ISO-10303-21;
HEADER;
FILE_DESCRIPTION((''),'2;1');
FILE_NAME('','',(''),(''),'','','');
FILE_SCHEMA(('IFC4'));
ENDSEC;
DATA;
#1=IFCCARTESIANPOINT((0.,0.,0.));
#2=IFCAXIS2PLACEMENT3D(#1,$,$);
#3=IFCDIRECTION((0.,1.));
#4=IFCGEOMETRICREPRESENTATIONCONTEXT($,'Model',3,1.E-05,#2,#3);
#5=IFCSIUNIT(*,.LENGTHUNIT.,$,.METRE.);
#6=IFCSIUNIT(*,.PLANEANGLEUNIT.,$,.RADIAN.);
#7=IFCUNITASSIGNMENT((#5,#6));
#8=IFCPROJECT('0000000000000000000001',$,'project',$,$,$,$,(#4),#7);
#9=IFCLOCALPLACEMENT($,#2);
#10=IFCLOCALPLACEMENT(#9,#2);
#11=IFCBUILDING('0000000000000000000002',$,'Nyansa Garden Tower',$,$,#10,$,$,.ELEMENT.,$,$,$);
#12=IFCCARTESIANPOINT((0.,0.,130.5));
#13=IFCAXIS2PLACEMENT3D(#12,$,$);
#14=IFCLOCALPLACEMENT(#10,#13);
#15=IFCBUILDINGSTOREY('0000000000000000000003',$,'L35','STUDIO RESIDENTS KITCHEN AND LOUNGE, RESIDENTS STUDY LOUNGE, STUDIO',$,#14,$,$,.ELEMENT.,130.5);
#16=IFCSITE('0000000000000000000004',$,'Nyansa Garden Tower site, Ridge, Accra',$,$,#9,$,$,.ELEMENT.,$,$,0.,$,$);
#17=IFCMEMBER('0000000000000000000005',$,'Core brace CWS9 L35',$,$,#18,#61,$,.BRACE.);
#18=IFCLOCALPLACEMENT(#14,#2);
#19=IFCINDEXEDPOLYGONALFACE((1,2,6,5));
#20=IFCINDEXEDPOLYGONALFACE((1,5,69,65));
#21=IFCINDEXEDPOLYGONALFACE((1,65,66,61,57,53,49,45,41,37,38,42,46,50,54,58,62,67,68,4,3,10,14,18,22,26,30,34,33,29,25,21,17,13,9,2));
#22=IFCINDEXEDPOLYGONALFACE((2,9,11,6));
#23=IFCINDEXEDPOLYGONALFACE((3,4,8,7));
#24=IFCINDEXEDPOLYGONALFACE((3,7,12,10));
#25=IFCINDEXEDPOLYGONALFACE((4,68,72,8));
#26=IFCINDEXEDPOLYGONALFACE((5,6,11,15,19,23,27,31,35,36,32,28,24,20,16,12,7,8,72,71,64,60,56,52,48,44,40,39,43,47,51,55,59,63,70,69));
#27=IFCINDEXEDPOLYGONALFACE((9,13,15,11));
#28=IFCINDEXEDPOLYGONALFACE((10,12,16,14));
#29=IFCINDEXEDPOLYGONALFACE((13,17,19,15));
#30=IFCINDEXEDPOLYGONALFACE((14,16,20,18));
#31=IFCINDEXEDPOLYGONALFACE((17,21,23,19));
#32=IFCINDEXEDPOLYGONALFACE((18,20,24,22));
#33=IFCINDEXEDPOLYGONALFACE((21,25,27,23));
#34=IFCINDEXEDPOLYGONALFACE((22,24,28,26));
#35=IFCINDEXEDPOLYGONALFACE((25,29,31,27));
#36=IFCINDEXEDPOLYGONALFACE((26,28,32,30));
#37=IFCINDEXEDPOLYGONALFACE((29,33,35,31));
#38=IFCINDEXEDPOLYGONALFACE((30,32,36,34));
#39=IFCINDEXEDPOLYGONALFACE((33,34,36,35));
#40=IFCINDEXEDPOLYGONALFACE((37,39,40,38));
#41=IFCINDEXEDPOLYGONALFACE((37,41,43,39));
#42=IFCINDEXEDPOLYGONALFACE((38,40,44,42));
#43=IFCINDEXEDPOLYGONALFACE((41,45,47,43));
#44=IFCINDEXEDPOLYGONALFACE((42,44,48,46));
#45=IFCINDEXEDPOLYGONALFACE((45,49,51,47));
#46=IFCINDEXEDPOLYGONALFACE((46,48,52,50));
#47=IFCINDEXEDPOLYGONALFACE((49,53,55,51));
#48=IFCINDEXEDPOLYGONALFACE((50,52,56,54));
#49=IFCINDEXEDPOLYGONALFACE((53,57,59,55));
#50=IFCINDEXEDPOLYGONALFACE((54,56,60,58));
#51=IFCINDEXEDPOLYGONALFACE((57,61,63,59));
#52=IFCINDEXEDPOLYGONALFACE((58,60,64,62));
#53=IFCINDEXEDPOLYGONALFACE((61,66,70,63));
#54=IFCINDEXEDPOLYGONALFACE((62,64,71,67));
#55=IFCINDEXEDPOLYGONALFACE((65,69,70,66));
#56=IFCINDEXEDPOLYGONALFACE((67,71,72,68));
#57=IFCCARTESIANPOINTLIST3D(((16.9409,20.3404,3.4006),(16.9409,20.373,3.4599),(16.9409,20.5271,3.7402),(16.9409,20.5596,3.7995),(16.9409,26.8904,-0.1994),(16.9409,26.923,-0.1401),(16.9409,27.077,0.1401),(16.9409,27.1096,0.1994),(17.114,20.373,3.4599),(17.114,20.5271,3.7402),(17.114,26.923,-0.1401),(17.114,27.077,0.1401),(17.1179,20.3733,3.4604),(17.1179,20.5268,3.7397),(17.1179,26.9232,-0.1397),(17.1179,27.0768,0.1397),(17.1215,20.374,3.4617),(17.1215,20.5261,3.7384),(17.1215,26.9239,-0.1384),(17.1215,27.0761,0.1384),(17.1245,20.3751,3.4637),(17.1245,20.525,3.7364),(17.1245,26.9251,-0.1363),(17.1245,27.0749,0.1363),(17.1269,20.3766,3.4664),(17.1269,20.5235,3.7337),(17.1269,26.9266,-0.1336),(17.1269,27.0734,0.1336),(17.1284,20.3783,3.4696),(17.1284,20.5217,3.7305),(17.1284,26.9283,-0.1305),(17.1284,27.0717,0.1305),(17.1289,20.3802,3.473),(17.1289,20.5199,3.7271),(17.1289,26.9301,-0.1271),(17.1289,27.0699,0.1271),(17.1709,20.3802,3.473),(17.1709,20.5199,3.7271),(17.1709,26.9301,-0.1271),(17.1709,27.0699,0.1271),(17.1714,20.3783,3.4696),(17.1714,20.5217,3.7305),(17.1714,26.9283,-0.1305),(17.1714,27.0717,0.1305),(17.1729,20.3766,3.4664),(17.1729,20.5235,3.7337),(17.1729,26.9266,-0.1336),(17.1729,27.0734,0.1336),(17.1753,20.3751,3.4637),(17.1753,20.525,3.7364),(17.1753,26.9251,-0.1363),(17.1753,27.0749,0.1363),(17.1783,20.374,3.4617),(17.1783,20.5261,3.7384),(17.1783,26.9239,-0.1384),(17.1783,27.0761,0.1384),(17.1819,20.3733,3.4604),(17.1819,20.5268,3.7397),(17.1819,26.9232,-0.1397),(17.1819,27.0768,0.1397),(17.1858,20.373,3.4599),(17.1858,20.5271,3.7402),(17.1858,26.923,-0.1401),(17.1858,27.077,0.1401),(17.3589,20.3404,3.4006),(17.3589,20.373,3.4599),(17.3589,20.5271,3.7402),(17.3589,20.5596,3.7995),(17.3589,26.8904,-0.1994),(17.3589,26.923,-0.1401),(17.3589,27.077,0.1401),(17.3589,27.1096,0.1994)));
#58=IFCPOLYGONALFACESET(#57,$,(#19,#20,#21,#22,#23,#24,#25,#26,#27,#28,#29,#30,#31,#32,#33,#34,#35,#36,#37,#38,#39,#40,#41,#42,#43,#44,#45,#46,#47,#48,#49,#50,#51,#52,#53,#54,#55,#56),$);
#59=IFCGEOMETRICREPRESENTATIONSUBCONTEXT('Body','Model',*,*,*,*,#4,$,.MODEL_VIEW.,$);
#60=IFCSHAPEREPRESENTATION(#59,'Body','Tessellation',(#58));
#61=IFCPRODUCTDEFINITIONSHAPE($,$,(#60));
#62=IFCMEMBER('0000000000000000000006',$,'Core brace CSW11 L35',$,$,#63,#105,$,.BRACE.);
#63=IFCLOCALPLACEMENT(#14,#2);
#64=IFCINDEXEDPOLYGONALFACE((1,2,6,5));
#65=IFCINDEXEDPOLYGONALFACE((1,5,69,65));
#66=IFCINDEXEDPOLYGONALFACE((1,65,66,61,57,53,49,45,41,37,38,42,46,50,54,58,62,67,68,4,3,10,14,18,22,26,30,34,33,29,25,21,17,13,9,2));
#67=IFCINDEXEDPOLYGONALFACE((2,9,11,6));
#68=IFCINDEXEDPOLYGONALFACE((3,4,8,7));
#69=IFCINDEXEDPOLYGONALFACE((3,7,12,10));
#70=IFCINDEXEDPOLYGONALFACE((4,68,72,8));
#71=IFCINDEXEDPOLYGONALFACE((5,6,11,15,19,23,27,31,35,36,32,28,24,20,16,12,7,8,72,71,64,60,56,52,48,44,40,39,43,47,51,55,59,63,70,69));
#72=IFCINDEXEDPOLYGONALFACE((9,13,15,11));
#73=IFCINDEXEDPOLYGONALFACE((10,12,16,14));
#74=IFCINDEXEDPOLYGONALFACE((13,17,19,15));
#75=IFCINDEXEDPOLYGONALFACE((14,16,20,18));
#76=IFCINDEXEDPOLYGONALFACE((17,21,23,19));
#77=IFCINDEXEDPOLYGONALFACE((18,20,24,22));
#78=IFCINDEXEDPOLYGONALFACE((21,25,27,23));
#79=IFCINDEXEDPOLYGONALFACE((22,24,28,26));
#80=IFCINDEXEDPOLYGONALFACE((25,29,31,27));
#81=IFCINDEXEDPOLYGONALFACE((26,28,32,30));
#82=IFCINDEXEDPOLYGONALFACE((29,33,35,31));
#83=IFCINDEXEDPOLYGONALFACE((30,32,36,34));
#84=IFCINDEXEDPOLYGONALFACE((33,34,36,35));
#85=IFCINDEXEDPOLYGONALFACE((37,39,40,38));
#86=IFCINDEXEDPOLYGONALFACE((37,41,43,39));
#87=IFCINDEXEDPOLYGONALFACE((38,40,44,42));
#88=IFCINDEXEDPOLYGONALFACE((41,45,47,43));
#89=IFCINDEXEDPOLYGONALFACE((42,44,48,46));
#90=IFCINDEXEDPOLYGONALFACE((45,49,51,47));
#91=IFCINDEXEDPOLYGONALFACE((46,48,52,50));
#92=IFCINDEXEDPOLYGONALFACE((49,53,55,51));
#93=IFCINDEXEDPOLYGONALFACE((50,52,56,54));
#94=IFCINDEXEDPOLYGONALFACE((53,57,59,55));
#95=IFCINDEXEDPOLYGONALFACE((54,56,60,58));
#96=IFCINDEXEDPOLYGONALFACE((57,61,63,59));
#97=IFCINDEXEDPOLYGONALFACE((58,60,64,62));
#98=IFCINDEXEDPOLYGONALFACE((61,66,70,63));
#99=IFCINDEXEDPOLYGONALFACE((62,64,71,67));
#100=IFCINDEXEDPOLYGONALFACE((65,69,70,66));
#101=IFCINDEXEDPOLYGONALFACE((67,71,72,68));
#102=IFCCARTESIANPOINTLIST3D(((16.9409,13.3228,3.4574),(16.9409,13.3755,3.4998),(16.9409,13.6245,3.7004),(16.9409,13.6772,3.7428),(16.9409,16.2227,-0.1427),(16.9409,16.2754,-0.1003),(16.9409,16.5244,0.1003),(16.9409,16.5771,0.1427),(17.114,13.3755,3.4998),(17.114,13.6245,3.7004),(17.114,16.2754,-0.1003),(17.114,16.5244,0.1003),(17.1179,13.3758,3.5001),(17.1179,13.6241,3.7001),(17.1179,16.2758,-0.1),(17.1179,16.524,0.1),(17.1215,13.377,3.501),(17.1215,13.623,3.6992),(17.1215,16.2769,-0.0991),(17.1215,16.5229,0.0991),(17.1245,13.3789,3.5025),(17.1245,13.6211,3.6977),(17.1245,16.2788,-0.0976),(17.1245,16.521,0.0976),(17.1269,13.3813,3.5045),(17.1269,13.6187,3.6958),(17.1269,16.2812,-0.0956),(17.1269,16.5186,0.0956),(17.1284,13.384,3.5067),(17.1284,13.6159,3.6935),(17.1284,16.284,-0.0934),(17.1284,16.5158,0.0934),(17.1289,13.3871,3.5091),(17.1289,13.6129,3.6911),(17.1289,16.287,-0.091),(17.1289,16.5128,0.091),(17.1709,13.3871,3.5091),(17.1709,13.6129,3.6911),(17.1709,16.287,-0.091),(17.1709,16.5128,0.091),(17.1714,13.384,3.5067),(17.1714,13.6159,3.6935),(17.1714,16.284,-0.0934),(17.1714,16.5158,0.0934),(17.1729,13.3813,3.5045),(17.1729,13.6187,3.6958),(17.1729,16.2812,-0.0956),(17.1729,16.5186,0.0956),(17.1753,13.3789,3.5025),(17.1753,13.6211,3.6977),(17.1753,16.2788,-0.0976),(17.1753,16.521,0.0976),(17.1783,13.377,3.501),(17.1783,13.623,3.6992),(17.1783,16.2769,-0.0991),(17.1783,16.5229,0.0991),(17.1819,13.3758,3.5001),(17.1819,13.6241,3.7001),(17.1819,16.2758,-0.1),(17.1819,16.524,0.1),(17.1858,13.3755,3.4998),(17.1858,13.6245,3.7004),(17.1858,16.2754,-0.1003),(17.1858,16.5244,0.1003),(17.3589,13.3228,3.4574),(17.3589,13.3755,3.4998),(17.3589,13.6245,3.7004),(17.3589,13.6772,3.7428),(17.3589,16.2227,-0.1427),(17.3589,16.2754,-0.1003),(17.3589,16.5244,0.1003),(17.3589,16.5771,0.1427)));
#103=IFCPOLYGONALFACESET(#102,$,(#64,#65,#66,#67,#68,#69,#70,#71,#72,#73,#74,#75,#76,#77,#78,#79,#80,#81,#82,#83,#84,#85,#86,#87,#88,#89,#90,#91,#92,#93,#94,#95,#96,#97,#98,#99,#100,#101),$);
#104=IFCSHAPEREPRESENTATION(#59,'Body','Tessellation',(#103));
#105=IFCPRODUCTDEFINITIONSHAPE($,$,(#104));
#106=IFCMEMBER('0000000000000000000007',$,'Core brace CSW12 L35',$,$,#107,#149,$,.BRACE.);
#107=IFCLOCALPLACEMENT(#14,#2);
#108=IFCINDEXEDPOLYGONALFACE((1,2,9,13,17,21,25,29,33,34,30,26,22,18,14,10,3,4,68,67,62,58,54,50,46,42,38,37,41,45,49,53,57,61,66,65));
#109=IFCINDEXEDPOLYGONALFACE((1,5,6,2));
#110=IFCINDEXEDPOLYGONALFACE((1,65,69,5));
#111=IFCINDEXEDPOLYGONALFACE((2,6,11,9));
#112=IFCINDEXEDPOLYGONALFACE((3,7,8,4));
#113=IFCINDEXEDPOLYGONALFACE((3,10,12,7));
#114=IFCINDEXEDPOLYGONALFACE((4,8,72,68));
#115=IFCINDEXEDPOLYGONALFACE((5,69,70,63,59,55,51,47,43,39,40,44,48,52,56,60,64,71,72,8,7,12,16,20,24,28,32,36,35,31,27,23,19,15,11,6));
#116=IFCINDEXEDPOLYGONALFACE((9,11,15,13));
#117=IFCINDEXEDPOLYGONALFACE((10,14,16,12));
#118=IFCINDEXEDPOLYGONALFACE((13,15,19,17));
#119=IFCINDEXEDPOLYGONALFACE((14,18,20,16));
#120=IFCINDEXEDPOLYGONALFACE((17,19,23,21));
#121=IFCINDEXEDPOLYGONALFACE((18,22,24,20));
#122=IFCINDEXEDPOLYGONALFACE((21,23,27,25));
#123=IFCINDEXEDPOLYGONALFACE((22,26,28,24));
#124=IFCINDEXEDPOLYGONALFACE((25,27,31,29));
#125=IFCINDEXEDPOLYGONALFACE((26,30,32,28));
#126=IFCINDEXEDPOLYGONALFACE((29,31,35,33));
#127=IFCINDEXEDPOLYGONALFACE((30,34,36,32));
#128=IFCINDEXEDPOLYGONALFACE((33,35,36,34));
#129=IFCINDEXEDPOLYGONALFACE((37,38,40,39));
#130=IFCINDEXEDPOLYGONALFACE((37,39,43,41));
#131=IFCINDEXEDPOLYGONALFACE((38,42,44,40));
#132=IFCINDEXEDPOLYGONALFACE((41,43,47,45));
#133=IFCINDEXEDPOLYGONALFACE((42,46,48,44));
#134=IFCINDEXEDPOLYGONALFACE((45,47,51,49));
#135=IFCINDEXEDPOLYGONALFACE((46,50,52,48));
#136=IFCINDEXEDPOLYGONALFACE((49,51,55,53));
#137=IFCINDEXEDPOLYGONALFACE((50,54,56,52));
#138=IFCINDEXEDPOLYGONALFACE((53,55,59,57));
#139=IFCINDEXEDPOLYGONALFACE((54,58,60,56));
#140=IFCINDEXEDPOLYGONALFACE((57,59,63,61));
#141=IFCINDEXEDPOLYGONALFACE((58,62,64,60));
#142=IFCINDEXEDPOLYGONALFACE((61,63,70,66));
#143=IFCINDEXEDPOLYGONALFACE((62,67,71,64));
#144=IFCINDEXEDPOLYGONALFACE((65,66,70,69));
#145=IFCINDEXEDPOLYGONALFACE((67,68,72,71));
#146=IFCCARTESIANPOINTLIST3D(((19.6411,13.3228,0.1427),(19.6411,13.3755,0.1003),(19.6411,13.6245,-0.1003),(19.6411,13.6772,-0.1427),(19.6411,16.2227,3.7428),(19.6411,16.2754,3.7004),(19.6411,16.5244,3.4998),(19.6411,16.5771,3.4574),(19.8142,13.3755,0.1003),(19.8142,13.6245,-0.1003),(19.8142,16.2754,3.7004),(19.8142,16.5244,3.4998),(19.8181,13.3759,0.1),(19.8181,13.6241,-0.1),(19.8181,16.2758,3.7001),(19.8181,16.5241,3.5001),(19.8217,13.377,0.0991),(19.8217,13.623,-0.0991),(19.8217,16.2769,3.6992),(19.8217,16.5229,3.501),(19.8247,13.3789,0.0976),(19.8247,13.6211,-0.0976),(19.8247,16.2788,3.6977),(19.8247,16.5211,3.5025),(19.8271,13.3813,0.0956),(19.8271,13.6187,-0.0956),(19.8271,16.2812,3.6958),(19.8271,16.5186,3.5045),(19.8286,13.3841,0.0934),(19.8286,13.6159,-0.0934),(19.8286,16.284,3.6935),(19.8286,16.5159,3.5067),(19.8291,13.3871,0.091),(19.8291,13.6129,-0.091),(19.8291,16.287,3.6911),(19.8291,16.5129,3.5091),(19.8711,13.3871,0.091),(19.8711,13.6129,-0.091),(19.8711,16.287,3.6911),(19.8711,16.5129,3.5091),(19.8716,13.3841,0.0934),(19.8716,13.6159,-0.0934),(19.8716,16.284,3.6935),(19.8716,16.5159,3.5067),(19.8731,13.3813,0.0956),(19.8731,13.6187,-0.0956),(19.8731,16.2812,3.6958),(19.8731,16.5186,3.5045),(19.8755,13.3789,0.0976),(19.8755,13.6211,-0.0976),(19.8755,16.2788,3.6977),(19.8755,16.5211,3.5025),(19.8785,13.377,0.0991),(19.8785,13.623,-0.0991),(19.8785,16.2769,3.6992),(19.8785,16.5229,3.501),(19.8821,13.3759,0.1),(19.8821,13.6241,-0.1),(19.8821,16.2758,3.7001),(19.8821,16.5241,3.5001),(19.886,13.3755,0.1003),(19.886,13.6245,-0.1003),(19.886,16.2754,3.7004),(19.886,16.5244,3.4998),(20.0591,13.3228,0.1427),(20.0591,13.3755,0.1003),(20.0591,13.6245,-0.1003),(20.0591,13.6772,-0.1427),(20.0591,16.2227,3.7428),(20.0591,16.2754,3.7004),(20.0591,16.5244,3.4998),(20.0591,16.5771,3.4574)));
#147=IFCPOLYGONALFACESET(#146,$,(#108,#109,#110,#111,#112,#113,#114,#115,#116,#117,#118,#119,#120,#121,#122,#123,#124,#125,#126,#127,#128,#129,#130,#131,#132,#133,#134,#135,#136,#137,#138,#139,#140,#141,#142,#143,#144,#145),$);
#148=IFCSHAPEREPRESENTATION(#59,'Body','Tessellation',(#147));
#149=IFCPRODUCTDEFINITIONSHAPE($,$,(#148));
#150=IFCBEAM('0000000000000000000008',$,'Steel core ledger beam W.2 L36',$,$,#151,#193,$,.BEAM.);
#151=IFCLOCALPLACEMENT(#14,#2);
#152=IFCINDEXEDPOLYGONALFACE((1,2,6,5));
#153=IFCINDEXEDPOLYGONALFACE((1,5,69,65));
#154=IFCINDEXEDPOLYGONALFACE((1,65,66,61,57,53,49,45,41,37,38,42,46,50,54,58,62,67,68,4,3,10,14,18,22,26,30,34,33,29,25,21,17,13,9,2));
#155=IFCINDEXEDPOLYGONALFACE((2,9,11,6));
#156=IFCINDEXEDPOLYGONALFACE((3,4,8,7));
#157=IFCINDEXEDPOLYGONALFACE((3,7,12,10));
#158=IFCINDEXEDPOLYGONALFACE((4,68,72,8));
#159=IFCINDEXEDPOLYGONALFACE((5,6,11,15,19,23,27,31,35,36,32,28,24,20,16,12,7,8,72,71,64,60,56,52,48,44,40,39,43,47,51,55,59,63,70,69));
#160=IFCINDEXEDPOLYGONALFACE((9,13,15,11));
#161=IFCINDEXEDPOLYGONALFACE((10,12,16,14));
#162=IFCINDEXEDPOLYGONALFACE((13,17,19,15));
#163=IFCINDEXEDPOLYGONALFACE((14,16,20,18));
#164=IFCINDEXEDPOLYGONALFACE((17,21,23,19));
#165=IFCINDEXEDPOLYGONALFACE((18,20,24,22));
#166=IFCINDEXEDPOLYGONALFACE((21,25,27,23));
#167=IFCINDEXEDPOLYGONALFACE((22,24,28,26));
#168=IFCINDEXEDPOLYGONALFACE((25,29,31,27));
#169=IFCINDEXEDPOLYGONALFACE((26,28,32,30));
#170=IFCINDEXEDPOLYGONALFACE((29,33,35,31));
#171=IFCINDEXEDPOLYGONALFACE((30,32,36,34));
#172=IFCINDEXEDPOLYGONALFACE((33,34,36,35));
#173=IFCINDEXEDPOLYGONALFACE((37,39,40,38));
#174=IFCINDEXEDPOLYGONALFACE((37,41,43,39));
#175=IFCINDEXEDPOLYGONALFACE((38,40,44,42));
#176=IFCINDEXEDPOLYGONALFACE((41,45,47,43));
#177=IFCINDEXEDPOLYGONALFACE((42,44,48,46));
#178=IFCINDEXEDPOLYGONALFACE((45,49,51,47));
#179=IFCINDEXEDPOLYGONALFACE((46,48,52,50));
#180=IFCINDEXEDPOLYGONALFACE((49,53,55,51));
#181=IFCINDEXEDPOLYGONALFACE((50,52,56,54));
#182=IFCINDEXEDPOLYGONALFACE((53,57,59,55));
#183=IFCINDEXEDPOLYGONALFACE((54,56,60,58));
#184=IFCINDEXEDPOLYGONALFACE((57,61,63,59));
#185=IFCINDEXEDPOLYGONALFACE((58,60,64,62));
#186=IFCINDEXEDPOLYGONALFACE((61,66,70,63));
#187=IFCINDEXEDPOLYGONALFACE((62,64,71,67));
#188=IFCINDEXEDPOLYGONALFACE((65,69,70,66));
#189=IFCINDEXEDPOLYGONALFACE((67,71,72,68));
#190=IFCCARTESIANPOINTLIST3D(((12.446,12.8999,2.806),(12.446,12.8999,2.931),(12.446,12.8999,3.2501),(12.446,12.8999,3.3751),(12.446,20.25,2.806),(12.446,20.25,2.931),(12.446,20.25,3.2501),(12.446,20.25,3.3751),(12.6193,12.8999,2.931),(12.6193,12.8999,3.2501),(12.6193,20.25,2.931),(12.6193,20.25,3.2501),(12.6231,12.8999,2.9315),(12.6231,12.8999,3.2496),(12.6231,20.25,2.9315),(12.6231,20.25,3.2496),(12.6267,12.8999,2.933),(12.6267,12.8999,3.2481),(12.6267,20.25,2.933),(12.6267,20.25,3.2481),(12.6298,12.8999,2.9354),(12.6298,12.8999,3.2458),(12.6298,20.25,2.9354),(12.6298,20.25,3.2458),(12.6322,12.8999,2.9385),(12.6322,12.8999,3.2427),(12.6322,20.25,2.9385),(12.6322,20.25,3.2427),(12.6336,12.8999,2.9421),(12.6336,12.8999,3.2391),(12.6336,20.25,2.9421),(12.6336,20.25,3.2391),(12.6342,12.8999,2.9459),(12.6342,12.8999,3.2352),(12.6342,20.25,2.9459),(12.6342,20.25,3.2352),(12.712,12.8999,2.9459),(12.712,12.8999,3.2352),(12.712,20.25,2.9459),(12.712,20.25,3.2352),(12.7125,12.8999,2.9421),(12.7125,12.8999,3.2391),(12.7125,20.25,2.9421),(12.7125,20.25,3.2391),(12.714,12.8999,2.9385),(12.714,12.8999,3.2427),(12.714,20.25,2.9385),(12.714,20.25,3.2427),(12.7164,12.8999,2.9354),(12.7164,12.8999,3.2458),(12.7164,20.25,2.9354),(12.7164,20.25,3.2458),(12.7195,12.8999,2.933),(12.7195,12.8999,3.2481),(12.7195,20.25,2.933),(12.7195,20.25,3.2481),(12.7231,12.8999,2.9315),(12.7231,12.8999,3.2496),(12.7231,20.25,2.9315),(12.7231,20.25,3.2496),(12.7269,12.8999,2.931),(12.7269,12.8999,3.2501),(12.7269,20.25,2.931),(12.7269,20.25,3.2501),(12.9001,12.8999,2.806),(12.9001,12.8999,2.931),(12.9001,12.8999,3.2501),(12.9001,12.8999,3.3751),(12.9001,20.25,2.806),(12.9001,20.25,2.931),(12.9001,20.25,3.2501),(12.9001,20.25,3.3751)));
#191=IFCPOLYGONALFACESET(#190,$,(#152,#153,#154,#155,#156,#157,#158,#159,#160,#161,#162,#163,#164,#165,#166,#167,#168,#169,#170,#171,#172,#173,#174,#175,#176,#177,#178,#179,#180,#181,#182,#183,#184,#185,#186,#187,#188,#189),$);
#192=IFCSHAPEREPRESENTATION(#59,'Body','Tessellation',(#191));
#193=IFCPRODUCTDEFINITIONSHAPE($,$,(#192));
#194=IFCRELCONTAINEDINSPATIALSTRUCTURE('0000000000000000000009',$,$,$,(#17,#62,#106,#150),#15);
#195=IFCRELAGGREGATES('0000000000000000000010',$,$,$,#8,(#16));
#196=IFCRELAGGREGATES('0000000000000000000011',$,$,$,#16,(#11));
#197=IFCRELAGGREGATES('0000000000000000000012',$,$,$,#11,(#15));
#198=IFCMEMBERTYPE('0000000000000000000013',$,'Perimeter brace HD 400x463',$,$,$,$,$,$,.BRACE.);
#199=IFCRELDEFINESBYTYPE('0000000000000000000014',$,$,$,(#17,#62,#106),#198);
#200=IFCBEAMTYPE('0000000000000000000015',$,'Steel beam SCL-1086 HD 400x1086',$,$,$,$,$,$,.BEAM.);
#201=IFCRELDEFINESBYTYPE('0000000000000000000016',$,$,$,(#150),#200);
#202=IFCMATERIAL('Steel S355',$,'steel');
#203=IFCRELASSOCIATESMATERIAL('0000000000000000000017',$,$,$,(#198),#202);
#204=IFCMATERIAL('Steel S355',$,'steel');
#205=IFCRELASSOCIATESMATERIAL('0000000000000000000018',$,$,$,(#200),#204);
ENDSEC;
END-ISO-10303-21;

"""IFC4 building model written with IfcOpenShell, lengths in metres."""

from ifc_helpers import new_model, si_unit, direction, frame, origin, origin_2d, place, context, subcontext, project, spatial, i_section, extrude, material, material_profile, profile_set, type_object, element, save


model = new_model("IFC4")

# Units and contexts
model_context = context("Model", 3, precision=1e-05, world=origin(), true_north=direction((0.0, 1.0)))
body_context = subcontext(model_context, "Body", "Model", "MODEL_VIEW")
ifc_project = project(units=[si_unit("LENGTHUNIT", "METRE"), si_unit("PLANEANGLEUNIT", "RADIAN")], contexts=[model_context])

# Site, building, storey
site_placement = place(None, origin())
site = spatial("IfcSite", under=ifc_project, at=site_placement, Name="Nyansa Garden Tower site, Ridge, Accra", CompositionType="ELEMENT", RefElevation=0.0)
building_placement = place(site_placement, origin())
building = spatial("IfcBuilding", under=site, at=building_placement, Name="Nyansa Garden Tower", CompositionType="ELEMENT")
storey_placement = place(building_placement, frame((0.0, 0.0, 130.5)))
storey = spatial("IfcBuildingStorey", under=building, at=storey_placement, Name="L35", Description="STUDIO RESIDENTS KITCHEN AND LOUNGE, RESIDENTS STUDY LOUNGE, STUDIO", CompositionType="ELEMENT", Elevation=130.5)

# Members
ifc_material_1 = material(Name="Steel S355", Category="steel")
ifc_material_profile_1 = material_profile(ifc_material_1, i_section(OverallWidth=0.418, OverallDepth=0.4551, WebThickness=0.042, FlangeThickness=0.0676, FilletRadius=0.0149, at=origin_2d()), Name="HD 400x463")
ifc_profile_set_1 = profile_set([ifc_material_profile_1], Name="Steel S355")
member_type = type_object("IfcMemberType", Name="Perimeter brace HD 400x463", PredefinedType="BRACE", material=ifc_profile_set_1)
member_1_placement = place(storey_placement, frame((17.1499, 27.0, 0.0), z_axis=(0.0, -0.876353, 0.481669), x_axis=(1.0, 0.0, 0.0)))
element("IfcMember", 1, at=member_1_placement, inside=storey, type_object=member_type, Name="Core brace CWS9 L35", PredefinedType="BRACE", context=body_context, shape_type="SweptSolid", body=[
    extrude(i_section(OverallWidth=0.418, OverallDepth=0.4551, WebThickness=0.042, FlangeThickness=0.0676, FilletRadius=0.0149, at=origin_2d()), origin(), (0.0, 0.0, 1.0), 7.4741),
])
for number, where, z_axis, x_axis, name in (
    (2, (17.1499, 16.3999, 0.0), (0.0, -0.627306, 0.778773), (1.0, 0.0, 0.0), "Core brace CSW11 L35"),
    (3, (19.8501, 13.5, 0.0), (0.0, 0.627306, 0.778773), (-1.0, 0.0, 0.0), "Core brace CSW12 L35"),
):
    element("IfcMember", number, at=place(storey_placement, frame(where, z_axis=z_axis, x_axis=x_axis)), inside=storey, type_object=member_type, Name=name, PredefinedType="BRACE", context=body_context, shape_type="SweptSolid", body=[
        extrude(i_section(OverallWidth=0.418, OverallDepth=0.4551, WebThickness=0.042, FlangeThickness=0.0676, FilletRadius=0.0149, at=origin_2d()), origin(), (0.0, 0.0, 1.0), 4.6228),
    ])

# Beam
ifc_material_2 = material(Name="Steel S355", Category="steel")
ifc_material_profile_2 = material_profile(ifc_material_2, i_section(OverallWidth=0.4541, OverallDepth=0.5691, WebThickness=0.0779, FlangeThickness=0.125, FilletRadius=0.0149, at=origin_2d()), Name="HD 400x1086")
ifc_profile_set_2 = profile_set([ifc_material_profile_2], Name="Steel S355")
beam_type = type_object("IfcBeamType", Name="Steel beam SCL-1086 HD 400x1086", PredefinedType="BEAM", material=ifc_profile_set_2)
beam_placement = place(storey_placement, frame((12.6731, 20.25, 3.0906), z_axis=(0.0, -1.0, 0.0), x_axis=(1.0, 0.0, 0.0)))
element("IfcBeam", 4, at=beam_placement, inside=storey, type_object=beam_type, Name="Steel core ledger beam W.2 L36", PredefinedType="BEAM", context=body_context, shape_type="SweptSolid", body=[
    extrude(i_section(OverallWidth=0.4541, OverallDepth=0.5691, WebThickness=0.0779, FlangeThickness=0.125, FilletRadius=0.0149, at=origin_2d()), origin(), (0.0, 0.0, 1.0), 7.3501),
])

save(model, "model.ifc")
